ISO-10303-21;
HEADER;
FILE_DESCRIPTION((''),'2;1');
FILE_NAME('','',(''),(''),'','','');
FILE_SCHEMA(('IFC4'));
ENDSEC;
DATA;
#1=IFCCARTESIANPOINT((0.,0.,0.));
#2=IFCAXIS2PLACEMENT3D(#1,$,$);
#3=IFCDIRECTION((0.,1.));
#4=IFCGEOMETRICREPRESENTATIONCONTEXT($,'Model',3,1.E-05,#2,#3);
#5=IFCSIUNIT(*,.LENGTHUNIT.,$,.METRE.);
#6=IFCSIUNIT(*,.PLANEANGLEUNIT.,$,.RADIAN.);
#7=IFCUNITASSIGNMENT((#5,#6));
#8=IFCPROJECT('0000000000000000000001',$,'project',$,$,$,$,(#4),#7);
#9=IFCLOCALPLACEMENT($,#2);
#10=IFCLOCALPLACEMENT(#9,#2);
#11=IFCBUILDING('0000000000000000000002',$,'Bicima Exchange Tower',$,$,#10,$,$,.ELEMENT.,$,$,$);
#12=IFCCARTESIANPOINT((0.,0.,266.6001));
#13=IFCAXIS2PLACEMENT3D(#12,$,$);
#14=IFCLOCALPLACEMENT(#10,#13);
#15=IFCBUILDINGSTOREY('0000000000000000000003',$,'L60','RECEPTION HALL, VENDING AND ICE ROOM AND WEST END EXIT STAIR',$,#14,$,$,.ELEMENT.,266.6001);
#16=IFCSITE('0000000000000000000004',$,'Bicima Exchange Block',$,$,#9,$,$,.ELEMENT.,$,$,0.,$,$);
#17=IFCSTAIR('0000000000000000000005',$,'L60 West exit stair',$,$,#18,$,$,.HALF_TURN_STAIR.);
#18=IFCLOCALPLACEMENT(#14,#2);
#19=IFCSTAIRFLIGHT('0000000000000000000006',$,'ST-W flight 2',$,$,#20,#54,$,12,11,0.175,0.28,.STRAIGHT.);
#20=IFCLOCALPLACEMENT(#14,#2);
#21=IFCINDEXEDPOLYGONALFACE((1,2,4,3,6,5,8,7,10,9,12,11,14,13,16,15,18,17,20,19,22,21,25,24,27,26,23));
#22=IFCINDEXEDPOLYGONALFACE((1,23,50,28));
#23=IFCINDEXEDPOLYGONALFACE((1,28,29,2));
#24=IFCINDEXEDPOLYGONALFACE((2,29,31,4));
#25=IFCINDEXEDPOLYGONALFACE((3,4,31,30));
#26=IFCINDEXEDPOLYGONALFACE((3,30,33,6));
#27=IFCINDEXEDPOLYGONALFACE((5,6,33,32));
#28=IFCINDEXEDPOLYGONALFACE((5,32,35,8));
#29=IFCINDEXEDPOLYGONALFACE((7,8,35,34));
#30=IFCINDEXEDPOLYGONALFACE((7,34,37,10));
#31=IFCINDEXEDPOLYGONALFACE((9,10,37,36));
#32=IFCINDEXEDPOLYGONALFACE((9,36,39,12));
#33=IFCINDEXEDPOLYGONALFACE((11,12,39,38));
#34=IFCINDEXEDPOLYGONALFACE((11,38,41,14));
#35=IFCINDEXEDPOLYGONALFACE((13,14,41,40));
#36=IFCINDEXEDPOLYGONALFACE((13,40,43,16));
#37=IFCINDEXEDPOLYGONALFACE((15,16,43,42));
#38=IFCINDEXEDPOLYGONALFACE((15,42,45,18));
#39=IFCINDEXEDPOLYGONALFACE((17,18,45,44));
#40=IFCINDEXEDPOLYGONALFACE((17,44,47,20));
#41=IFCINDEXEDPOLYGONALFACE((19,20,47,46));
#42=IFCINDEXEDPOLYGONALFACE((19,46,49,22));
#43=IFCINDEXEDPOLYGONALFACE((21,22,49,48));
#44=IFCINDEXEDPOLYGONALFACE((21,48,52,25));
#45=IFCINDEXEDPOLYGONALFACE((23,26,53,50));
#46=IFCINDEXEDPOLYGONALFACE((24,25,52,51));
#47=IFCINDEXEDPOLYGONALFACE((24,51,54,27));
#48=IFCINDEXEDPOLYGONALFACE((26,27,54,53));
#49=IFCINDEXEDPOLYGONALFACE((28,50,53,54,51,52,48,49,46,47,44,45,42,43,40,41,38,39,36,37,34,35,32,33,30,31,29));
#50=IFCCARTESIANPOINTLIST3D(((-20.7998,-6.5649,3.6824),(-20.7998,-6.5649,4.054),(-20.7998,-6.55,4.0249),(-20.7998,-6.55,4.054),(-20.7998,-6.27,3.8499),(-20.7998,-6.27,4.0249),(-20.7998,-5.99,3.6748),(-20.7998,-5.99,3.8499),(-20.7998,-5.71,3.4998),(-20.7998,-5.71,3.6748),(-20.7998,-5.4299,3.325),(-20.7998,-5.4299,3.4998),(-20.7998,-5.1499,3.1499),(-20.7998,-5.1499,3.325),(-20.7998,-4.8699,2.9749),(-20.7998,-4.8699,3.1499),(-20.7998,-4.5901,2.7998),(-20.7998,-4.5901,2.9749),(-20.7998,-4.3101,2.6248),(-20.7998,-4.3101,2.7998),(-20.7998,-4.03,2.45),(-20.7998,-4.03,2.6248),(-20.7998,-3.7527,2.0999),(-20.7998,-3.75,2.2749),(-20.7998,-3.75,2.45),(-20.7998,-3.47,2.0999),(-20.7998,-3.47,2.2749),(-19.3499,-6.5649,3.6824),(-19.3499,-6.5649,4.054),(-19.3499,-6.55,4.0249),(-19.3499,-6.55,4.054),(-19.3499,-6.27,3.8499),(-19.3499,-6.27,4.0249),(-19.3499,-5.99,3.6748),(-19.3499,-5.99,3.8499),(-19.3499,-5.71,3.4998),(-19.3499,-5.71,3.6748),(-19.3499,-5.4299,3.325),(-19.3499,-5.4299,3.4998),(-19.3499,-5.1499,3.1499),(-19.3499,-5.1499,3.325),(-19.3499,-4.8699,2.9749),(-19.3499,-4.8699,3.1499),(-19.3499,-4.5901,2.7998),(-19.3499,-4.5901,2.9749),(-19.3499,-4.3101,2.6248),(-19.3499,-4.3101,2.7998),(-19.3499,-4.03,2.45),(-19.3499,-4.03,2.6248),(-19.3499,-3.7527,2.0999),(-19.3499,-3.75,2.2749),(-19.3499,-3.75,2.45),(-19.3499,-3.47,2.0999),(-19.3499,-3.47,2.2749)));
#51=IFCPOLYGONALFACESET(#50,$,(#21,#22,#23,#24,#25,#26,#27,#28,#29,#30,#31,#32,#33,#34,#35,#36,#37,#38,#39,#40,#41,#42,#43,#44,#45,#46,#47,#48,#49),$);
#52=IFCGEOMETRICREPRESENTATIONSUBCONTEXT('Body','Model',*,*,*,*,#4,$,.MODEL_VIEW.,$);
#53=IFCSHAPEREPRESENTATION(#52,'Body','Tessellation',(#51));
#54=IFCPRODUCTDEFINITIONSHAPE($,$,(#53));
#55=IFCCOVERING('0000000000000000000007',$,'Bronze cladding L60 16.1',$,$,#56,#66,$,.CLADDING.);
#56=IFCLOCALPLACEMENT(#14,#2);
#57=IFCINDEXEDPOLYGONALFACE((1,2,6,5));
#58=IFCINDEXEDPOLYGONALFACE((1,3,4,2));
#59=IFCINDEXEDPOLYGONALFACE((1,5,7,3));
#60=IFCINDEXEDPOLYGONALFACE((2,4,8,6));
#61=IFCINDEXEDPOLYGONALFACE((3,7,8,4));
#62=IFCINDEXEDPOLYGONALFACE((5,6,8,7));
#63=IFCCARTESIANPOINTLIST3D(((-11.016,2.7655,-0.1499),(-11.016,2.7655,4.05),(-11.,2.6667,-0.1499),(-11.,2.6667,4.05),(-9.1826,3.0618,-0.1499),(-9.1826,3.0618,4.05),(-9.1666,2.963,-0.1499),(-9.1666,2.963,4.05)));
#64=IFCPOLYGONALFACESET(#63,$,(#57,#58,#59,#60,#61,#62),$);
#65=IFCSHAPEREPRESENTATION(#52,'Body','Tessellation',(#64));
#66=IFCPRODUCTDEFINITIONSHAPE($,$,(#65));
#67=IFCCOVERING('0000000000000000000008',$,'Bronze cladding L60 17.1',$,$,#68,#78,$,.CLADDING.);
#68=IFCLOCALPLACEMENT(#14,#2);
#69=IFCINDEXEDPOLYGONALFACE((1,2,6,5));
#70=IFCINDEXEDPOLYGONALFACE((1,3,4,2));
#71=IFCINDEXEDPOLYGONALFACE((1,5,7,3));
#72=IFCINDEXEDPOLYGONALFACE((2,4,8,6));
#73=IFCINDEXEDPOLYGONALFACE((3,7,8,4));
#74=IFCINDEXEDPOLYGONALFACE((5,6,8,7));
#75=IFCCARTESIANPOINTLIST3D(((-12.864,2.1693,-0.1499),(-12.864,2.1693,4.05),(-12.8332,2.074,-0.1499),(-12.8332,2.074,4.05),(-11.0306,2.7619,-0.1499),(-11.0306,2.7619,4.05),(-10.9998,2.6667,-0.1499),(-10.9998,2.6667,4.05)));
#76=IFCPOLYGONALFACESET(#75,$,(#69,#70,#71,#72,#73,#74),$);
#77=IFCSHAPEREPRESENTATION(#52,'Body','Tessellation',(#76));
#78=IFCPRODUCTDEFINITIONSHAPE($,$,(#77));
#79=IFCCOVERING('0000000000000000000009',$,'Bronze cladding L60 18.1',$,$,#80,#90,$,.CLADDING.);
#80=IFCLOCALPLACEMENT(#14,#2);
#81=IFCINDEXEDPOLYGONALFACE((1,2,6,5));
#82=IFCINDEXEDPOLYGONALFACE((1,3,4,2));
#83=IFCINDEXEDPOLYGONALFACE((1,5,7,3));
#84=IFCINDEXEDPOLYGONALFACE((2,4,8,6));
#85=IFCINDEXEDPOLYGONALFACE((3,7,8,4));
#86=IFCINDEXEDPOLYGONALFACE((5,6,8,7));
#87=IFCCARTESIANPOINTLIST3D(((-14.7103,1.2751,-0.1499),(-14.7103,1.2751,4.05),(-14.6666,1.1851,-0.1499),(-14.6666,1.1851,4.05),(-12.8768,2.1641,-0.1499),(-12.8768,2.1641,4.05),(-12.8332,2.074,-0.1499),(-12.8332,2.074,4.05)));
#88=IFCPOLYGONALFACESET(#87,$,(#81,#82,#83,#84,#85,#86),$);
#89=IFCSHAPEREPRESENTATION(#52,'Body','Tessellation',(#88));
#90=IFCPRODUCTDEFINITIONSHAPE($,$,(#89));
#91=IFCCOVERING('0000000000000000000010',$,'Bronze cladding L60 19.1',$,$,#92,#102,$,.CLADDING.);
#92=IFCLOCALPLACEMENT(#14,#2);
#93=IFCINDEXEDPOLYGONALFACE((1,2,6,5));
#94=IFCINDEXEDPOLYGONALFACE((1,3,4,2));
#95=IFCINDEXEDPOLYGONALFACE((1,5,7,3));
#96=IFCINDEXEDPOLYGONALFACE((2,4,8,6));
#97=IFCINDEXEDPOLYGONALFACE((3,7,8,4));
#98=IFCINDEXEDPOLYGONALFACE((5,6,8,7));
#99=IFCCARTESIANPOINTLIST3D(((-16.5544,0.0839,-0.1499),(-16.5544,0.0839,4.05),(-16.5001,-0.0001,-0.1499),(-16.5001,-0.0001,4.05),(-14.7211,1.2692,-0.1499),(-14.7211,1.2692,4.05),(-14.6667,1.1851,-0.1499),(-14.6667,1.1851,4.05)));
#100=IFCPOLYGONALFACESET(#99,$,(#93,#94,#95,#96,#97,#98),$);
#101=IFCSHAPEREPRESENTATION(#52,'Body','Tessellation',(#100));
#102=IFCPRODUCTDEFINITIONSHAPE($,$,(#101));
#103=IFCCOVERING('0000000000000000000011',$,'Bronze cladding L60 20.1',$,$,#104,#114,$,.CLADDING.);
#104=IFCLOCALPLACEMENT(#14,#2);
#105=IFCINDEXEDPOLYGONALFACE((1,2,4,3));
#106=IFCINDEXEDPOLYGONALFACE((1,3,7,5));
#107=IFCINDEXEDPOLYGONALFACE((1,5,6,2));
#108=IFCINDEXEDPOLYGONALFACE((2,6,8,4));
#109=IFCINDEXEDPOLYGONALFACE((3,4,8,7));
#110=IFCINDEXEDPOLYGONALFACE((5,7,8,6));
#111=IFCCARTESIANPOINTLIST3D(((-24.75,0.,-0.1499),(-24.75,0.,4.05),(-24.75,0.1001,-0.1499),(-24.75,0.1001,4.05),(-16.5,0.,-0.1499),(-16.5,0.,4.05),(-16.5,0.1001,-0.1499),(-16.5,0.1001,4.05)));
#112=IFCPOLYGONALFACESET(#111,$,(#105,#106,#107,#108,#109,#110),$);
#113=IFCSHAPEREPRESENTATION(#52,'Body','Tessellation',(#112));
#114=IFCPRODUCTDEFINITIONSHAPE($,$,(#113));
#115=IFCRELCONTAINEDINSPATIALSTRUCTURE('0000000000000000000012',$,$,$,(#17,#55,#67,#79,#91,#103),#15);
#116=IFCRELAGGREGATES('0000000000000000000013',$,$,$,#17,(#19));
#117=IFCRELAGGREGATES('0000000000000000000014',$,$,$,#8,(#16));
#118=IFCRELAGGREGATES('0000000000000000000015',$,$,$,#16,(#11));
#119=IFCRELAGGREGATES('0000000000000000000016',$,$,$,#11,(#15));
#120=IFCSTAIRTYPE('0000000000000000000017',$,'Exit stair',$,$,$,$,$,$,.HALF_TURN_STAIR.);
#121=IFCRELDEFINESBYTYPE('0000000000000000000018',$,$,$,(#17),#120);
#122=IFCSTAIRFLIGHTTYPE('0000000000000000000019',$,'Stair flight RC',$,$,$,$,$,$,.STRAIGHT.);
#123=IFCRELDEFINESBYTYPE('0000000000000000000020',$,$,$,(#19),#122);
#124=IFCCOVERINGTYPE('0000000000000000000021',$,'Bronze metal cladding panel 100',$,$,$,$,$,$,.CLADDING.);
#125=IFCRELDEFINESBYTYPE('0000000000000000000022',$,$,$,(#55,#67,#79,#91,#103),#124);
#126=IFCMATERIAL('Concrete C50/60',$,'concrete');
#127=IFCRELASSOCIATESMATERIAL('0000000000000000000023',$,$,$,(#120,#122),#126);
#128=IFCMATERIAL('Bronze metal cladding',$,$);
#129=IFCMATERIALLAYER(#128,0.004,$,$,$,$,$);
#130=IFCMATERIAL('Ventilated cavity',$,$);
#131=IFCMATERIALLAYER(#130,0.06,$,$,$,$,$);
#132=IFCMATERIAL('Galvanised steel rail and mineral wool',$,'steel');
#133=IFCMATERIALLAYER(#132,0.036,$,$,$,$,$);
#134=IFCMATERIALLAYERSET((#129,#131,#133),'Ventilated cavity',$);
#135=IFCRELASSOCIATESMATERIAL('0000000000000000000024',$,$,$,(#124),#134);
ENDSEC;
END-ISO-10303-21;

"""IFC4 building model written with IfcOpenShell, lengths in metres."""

from ifc_helpers import new_model, si_unit, direction, frame, origin, origin_2d, place, context, subcontext, project, spatial, polyline, rectangle, outline, extrude, material, layer, layer_set, type_object, element, aggregate, save


model = new_model("IFC4")

# Units and contexts
model_context = context("Model", 3, precision=1e-05, world=origin(), true_north=direction((0.0, 1.0)))
body_context = subcontext(model_context, "Body", "Model", "MODEL_VIEW")
ifc_project = project(units=[si_unit("LENGTHUNIT", "METRE"), si_unit("PLANEANGLEUNIT", "RADIAN")], contexts=[model_context])

# Site, building, storey
site_placement = place(None, origin())
site = spatial("IfcSite", under=ifc_project, at=site_placement, Name="Bicima Exchange Block", CompositionType="ELEMENT", RefElevation=0.0)
building_placement = place(site_placement, origin())
building = spatial("IfcBuilding", under=site, at=building_placement, Name="Bicima Exchange Tower", CompositionType="ELEMENT")
storey_placement = place(building_placement, frame((0.0, 0.0, 266.6001)))
storey = spatial("IfcBuildingStorey", under=building, at=storey_placement, Name="L60", Description="RECEPTION HALL, VENDING AND ICE ROOM AND WEST END EXIT STAIR", CompositionType="ELEMENT", Elevation=266.6001)

# Shared definitions
ifc_material_1 = material(Name="Concrete C50/60", Category="concrete")

# Stair, stair flight
stair_type = type_object("IfcStairType", Name="Exit stair", PredefinedType="HALF_TURN_STAIR", material=ifc_material_1)
stair_placement = place(storey_placement, origin())
stair = element("IfcStair", 1, at=stair_placement, inside=storey, type_object=stair_type, Name="L60 West exit stair", PredefinedType="HALF_TURN_STAIR")
stair_flight_type = type_object("IfcStairFlightType", Name="Stair flight RC", PredefinedType="STRAIGHT", material=ifc_material_1)
stair_flight_1_placement = place(storey_placement, frame((-20.075, -3.47, 2.0999), z_axis=(0.0, 0.0, 1.0), x_axis=(0.0, -1.0, 0.0)))
stair_flight_1 = element("IfcStairFlight", 2, at=stair_flight_1_placement, type_object=stair_flight_type, Name="ST-W flight 2", NumberOfRisers=12, NumberOfTreads=11, PredefinedType="STRAIGHT", RiserHeight=0.175, TreadLength=0.28, context=body_context, shape_type="SweptSolid", body=[
    extrude(outline(polyline([(0.0, 0.0), (0.0, 0.175), (0.28, 0.175), (0.28, 0.3501), (0.5601, 0.3501), (0.5601, 0.5249), (0.8401, 0.5249), (0.8401, 0.7), (1.1201, 0.7), (1.1201, 0.875), (1.3999, 0.875), (1.3999, 1.05), (1.6799, 1.05), (1.6799, 1.2251), (1.96, 1.2251), (1.96, 1.3999), (2.24, 1.3999), (2.24, 1.575), (2.52, 1.575), (2.52, 1.75), (2.8, 1.75), (2.8, 1.925), (3.0801, 1.925), (3.0801, 1.9541), (3.095, 1.9541), (3.095, 1.5825), (0.2827, 0.0), (0.0, 0.0)])), frame((0.0, 0.7251, 0.0), z_axis=(0.0, -1.0, 0.0), x_axis=(1.0, 0.0, 0.0)), (0.0, 0.0, 1.0), 1.45),
])
aggregate(stair, [stair_flight_1])

# Coverings
ifc_material_2 = material(Name="Bronze metal cladding")
ifc_layer_1 = layer(ifc_material_2, 0.004)
ifc_material_3 = material(Name="Ventilated cavity")
ifc_layer_2 = layer(ifc_material_3, 0.06)
ifc_material_4 = material(Name="Galvanised steel rail and mineral wool", Category="steel")
ifc_layer_3 = layer(ifc_material_4, 0.036)
ifc_layer_set_1 = layer_set([ifc_layer_1, ifc_layer_2, ifc_layer_3], Name="Ventilated cavity")
covering_type = type_object("IfcCoveringType", Name="Bronze metal cladding panel 100", PredefinedType="CLADDING", material=ifc_layer_set_1)
covering_1_placement = place(storey_placement, frame((-10.0913, 2.8643, -0.1499), z_axis=(0.0, 0.0, 1.0), x_axis=(-0.98719, -0.15955, 0.0)))
element("IfcCovering", 3, at=covering_1_placement, inside=storey, type_object=covering_type, Name="Bronze cladding L60 16.1", PredefinedType="CLADDING", context=body_context, shape_type="SweptSolid", body=[
    extrude(rectangle(XDim=1.8572, YDim=0.1001, at=origin_2d()), origin(), (0.0, 0.0, 1.0), 4.2),
])
covering_2_placement = place(storey_placement, frame((-11.9319, 2.418, -0.1499), z_axis=(0.0, 0.0, 1.0), x_axis=(-0.951525, -0.307573, 0.0)))
element("IfcCovering", 4, at=covering_2_placement, inside=storey, type_object=covering_type, Name="Bronze cladding L60 17.1", PredefinedType="CLADDING", context=body_context, shape_type="SweptSolid", body=[
    extrude(rectangle(XDim=1.9268, YDim=0.1001, at=origin_2d()), origin(), (0.0, 0.0, 1.0), 4.2),
])
covering_3_placement = place(storey_placement, frame((-13.7717, 1.6746, -0.1499), z_axis=(0.0, 0.0, 1.0), x_axis=(-0.899818, -0.436265, 0.0)))
element("IfcCovering", 5, at=covering_3_placement, inside=storey, type_object=covering_type, Name="Bronze cladding L60 18.1", PredefinedType="CLADDING", context=body_context, shape_type="SweptSolid", body=[
    extrude(rectangle(XDim=2.0376, YDim=0.1001, at=origin_2d()), origin(), (0.0, 0.0, 1.0), 4.2),
])
covering_4_placement = place(storey_placement, frame((-15.6106, 0.6345, -0.1499), z_axis=(0.0, 0.0, 1.0), x_axis=(-0.83979, -0.542911, 0.0)))
element("IfcCovering", 6, at=covering_4_placement, inside=storey, type_object=covering_type, Name="Bronze cladding L60 19.1", PredefinedType="CLADDING", context=body_context, shape_type="SweptSolid", body=[
    extrude(rectangle(XDim=2.1831, YDim=0.1001, at=origin_2d()), origin(), (0.0, 0.0, 1.0), 4.2),
])
covering_5_placement = place(storey_placement, frame((-20.625, 0.05, -0.1499), z_axis=(0.0, 0.0, 1.0), x_axis=(-1.0, 0.0, 0.0)))
element("IfcCovering", 7, at=covering_5_placement, inside=storey, type_object=covering_type, Name="Bronze cladding L60 20.1", PredefinedType="CLADDING", context=body_context, shape_type="SweptSolid", body=[
    extrude(rectangle(XDim=8.25, YDim=0.1001, at=origin_2d()), origin(), (0.0, 0.0, 1.0), 4.2),
])

save(model, "model.ifc")
